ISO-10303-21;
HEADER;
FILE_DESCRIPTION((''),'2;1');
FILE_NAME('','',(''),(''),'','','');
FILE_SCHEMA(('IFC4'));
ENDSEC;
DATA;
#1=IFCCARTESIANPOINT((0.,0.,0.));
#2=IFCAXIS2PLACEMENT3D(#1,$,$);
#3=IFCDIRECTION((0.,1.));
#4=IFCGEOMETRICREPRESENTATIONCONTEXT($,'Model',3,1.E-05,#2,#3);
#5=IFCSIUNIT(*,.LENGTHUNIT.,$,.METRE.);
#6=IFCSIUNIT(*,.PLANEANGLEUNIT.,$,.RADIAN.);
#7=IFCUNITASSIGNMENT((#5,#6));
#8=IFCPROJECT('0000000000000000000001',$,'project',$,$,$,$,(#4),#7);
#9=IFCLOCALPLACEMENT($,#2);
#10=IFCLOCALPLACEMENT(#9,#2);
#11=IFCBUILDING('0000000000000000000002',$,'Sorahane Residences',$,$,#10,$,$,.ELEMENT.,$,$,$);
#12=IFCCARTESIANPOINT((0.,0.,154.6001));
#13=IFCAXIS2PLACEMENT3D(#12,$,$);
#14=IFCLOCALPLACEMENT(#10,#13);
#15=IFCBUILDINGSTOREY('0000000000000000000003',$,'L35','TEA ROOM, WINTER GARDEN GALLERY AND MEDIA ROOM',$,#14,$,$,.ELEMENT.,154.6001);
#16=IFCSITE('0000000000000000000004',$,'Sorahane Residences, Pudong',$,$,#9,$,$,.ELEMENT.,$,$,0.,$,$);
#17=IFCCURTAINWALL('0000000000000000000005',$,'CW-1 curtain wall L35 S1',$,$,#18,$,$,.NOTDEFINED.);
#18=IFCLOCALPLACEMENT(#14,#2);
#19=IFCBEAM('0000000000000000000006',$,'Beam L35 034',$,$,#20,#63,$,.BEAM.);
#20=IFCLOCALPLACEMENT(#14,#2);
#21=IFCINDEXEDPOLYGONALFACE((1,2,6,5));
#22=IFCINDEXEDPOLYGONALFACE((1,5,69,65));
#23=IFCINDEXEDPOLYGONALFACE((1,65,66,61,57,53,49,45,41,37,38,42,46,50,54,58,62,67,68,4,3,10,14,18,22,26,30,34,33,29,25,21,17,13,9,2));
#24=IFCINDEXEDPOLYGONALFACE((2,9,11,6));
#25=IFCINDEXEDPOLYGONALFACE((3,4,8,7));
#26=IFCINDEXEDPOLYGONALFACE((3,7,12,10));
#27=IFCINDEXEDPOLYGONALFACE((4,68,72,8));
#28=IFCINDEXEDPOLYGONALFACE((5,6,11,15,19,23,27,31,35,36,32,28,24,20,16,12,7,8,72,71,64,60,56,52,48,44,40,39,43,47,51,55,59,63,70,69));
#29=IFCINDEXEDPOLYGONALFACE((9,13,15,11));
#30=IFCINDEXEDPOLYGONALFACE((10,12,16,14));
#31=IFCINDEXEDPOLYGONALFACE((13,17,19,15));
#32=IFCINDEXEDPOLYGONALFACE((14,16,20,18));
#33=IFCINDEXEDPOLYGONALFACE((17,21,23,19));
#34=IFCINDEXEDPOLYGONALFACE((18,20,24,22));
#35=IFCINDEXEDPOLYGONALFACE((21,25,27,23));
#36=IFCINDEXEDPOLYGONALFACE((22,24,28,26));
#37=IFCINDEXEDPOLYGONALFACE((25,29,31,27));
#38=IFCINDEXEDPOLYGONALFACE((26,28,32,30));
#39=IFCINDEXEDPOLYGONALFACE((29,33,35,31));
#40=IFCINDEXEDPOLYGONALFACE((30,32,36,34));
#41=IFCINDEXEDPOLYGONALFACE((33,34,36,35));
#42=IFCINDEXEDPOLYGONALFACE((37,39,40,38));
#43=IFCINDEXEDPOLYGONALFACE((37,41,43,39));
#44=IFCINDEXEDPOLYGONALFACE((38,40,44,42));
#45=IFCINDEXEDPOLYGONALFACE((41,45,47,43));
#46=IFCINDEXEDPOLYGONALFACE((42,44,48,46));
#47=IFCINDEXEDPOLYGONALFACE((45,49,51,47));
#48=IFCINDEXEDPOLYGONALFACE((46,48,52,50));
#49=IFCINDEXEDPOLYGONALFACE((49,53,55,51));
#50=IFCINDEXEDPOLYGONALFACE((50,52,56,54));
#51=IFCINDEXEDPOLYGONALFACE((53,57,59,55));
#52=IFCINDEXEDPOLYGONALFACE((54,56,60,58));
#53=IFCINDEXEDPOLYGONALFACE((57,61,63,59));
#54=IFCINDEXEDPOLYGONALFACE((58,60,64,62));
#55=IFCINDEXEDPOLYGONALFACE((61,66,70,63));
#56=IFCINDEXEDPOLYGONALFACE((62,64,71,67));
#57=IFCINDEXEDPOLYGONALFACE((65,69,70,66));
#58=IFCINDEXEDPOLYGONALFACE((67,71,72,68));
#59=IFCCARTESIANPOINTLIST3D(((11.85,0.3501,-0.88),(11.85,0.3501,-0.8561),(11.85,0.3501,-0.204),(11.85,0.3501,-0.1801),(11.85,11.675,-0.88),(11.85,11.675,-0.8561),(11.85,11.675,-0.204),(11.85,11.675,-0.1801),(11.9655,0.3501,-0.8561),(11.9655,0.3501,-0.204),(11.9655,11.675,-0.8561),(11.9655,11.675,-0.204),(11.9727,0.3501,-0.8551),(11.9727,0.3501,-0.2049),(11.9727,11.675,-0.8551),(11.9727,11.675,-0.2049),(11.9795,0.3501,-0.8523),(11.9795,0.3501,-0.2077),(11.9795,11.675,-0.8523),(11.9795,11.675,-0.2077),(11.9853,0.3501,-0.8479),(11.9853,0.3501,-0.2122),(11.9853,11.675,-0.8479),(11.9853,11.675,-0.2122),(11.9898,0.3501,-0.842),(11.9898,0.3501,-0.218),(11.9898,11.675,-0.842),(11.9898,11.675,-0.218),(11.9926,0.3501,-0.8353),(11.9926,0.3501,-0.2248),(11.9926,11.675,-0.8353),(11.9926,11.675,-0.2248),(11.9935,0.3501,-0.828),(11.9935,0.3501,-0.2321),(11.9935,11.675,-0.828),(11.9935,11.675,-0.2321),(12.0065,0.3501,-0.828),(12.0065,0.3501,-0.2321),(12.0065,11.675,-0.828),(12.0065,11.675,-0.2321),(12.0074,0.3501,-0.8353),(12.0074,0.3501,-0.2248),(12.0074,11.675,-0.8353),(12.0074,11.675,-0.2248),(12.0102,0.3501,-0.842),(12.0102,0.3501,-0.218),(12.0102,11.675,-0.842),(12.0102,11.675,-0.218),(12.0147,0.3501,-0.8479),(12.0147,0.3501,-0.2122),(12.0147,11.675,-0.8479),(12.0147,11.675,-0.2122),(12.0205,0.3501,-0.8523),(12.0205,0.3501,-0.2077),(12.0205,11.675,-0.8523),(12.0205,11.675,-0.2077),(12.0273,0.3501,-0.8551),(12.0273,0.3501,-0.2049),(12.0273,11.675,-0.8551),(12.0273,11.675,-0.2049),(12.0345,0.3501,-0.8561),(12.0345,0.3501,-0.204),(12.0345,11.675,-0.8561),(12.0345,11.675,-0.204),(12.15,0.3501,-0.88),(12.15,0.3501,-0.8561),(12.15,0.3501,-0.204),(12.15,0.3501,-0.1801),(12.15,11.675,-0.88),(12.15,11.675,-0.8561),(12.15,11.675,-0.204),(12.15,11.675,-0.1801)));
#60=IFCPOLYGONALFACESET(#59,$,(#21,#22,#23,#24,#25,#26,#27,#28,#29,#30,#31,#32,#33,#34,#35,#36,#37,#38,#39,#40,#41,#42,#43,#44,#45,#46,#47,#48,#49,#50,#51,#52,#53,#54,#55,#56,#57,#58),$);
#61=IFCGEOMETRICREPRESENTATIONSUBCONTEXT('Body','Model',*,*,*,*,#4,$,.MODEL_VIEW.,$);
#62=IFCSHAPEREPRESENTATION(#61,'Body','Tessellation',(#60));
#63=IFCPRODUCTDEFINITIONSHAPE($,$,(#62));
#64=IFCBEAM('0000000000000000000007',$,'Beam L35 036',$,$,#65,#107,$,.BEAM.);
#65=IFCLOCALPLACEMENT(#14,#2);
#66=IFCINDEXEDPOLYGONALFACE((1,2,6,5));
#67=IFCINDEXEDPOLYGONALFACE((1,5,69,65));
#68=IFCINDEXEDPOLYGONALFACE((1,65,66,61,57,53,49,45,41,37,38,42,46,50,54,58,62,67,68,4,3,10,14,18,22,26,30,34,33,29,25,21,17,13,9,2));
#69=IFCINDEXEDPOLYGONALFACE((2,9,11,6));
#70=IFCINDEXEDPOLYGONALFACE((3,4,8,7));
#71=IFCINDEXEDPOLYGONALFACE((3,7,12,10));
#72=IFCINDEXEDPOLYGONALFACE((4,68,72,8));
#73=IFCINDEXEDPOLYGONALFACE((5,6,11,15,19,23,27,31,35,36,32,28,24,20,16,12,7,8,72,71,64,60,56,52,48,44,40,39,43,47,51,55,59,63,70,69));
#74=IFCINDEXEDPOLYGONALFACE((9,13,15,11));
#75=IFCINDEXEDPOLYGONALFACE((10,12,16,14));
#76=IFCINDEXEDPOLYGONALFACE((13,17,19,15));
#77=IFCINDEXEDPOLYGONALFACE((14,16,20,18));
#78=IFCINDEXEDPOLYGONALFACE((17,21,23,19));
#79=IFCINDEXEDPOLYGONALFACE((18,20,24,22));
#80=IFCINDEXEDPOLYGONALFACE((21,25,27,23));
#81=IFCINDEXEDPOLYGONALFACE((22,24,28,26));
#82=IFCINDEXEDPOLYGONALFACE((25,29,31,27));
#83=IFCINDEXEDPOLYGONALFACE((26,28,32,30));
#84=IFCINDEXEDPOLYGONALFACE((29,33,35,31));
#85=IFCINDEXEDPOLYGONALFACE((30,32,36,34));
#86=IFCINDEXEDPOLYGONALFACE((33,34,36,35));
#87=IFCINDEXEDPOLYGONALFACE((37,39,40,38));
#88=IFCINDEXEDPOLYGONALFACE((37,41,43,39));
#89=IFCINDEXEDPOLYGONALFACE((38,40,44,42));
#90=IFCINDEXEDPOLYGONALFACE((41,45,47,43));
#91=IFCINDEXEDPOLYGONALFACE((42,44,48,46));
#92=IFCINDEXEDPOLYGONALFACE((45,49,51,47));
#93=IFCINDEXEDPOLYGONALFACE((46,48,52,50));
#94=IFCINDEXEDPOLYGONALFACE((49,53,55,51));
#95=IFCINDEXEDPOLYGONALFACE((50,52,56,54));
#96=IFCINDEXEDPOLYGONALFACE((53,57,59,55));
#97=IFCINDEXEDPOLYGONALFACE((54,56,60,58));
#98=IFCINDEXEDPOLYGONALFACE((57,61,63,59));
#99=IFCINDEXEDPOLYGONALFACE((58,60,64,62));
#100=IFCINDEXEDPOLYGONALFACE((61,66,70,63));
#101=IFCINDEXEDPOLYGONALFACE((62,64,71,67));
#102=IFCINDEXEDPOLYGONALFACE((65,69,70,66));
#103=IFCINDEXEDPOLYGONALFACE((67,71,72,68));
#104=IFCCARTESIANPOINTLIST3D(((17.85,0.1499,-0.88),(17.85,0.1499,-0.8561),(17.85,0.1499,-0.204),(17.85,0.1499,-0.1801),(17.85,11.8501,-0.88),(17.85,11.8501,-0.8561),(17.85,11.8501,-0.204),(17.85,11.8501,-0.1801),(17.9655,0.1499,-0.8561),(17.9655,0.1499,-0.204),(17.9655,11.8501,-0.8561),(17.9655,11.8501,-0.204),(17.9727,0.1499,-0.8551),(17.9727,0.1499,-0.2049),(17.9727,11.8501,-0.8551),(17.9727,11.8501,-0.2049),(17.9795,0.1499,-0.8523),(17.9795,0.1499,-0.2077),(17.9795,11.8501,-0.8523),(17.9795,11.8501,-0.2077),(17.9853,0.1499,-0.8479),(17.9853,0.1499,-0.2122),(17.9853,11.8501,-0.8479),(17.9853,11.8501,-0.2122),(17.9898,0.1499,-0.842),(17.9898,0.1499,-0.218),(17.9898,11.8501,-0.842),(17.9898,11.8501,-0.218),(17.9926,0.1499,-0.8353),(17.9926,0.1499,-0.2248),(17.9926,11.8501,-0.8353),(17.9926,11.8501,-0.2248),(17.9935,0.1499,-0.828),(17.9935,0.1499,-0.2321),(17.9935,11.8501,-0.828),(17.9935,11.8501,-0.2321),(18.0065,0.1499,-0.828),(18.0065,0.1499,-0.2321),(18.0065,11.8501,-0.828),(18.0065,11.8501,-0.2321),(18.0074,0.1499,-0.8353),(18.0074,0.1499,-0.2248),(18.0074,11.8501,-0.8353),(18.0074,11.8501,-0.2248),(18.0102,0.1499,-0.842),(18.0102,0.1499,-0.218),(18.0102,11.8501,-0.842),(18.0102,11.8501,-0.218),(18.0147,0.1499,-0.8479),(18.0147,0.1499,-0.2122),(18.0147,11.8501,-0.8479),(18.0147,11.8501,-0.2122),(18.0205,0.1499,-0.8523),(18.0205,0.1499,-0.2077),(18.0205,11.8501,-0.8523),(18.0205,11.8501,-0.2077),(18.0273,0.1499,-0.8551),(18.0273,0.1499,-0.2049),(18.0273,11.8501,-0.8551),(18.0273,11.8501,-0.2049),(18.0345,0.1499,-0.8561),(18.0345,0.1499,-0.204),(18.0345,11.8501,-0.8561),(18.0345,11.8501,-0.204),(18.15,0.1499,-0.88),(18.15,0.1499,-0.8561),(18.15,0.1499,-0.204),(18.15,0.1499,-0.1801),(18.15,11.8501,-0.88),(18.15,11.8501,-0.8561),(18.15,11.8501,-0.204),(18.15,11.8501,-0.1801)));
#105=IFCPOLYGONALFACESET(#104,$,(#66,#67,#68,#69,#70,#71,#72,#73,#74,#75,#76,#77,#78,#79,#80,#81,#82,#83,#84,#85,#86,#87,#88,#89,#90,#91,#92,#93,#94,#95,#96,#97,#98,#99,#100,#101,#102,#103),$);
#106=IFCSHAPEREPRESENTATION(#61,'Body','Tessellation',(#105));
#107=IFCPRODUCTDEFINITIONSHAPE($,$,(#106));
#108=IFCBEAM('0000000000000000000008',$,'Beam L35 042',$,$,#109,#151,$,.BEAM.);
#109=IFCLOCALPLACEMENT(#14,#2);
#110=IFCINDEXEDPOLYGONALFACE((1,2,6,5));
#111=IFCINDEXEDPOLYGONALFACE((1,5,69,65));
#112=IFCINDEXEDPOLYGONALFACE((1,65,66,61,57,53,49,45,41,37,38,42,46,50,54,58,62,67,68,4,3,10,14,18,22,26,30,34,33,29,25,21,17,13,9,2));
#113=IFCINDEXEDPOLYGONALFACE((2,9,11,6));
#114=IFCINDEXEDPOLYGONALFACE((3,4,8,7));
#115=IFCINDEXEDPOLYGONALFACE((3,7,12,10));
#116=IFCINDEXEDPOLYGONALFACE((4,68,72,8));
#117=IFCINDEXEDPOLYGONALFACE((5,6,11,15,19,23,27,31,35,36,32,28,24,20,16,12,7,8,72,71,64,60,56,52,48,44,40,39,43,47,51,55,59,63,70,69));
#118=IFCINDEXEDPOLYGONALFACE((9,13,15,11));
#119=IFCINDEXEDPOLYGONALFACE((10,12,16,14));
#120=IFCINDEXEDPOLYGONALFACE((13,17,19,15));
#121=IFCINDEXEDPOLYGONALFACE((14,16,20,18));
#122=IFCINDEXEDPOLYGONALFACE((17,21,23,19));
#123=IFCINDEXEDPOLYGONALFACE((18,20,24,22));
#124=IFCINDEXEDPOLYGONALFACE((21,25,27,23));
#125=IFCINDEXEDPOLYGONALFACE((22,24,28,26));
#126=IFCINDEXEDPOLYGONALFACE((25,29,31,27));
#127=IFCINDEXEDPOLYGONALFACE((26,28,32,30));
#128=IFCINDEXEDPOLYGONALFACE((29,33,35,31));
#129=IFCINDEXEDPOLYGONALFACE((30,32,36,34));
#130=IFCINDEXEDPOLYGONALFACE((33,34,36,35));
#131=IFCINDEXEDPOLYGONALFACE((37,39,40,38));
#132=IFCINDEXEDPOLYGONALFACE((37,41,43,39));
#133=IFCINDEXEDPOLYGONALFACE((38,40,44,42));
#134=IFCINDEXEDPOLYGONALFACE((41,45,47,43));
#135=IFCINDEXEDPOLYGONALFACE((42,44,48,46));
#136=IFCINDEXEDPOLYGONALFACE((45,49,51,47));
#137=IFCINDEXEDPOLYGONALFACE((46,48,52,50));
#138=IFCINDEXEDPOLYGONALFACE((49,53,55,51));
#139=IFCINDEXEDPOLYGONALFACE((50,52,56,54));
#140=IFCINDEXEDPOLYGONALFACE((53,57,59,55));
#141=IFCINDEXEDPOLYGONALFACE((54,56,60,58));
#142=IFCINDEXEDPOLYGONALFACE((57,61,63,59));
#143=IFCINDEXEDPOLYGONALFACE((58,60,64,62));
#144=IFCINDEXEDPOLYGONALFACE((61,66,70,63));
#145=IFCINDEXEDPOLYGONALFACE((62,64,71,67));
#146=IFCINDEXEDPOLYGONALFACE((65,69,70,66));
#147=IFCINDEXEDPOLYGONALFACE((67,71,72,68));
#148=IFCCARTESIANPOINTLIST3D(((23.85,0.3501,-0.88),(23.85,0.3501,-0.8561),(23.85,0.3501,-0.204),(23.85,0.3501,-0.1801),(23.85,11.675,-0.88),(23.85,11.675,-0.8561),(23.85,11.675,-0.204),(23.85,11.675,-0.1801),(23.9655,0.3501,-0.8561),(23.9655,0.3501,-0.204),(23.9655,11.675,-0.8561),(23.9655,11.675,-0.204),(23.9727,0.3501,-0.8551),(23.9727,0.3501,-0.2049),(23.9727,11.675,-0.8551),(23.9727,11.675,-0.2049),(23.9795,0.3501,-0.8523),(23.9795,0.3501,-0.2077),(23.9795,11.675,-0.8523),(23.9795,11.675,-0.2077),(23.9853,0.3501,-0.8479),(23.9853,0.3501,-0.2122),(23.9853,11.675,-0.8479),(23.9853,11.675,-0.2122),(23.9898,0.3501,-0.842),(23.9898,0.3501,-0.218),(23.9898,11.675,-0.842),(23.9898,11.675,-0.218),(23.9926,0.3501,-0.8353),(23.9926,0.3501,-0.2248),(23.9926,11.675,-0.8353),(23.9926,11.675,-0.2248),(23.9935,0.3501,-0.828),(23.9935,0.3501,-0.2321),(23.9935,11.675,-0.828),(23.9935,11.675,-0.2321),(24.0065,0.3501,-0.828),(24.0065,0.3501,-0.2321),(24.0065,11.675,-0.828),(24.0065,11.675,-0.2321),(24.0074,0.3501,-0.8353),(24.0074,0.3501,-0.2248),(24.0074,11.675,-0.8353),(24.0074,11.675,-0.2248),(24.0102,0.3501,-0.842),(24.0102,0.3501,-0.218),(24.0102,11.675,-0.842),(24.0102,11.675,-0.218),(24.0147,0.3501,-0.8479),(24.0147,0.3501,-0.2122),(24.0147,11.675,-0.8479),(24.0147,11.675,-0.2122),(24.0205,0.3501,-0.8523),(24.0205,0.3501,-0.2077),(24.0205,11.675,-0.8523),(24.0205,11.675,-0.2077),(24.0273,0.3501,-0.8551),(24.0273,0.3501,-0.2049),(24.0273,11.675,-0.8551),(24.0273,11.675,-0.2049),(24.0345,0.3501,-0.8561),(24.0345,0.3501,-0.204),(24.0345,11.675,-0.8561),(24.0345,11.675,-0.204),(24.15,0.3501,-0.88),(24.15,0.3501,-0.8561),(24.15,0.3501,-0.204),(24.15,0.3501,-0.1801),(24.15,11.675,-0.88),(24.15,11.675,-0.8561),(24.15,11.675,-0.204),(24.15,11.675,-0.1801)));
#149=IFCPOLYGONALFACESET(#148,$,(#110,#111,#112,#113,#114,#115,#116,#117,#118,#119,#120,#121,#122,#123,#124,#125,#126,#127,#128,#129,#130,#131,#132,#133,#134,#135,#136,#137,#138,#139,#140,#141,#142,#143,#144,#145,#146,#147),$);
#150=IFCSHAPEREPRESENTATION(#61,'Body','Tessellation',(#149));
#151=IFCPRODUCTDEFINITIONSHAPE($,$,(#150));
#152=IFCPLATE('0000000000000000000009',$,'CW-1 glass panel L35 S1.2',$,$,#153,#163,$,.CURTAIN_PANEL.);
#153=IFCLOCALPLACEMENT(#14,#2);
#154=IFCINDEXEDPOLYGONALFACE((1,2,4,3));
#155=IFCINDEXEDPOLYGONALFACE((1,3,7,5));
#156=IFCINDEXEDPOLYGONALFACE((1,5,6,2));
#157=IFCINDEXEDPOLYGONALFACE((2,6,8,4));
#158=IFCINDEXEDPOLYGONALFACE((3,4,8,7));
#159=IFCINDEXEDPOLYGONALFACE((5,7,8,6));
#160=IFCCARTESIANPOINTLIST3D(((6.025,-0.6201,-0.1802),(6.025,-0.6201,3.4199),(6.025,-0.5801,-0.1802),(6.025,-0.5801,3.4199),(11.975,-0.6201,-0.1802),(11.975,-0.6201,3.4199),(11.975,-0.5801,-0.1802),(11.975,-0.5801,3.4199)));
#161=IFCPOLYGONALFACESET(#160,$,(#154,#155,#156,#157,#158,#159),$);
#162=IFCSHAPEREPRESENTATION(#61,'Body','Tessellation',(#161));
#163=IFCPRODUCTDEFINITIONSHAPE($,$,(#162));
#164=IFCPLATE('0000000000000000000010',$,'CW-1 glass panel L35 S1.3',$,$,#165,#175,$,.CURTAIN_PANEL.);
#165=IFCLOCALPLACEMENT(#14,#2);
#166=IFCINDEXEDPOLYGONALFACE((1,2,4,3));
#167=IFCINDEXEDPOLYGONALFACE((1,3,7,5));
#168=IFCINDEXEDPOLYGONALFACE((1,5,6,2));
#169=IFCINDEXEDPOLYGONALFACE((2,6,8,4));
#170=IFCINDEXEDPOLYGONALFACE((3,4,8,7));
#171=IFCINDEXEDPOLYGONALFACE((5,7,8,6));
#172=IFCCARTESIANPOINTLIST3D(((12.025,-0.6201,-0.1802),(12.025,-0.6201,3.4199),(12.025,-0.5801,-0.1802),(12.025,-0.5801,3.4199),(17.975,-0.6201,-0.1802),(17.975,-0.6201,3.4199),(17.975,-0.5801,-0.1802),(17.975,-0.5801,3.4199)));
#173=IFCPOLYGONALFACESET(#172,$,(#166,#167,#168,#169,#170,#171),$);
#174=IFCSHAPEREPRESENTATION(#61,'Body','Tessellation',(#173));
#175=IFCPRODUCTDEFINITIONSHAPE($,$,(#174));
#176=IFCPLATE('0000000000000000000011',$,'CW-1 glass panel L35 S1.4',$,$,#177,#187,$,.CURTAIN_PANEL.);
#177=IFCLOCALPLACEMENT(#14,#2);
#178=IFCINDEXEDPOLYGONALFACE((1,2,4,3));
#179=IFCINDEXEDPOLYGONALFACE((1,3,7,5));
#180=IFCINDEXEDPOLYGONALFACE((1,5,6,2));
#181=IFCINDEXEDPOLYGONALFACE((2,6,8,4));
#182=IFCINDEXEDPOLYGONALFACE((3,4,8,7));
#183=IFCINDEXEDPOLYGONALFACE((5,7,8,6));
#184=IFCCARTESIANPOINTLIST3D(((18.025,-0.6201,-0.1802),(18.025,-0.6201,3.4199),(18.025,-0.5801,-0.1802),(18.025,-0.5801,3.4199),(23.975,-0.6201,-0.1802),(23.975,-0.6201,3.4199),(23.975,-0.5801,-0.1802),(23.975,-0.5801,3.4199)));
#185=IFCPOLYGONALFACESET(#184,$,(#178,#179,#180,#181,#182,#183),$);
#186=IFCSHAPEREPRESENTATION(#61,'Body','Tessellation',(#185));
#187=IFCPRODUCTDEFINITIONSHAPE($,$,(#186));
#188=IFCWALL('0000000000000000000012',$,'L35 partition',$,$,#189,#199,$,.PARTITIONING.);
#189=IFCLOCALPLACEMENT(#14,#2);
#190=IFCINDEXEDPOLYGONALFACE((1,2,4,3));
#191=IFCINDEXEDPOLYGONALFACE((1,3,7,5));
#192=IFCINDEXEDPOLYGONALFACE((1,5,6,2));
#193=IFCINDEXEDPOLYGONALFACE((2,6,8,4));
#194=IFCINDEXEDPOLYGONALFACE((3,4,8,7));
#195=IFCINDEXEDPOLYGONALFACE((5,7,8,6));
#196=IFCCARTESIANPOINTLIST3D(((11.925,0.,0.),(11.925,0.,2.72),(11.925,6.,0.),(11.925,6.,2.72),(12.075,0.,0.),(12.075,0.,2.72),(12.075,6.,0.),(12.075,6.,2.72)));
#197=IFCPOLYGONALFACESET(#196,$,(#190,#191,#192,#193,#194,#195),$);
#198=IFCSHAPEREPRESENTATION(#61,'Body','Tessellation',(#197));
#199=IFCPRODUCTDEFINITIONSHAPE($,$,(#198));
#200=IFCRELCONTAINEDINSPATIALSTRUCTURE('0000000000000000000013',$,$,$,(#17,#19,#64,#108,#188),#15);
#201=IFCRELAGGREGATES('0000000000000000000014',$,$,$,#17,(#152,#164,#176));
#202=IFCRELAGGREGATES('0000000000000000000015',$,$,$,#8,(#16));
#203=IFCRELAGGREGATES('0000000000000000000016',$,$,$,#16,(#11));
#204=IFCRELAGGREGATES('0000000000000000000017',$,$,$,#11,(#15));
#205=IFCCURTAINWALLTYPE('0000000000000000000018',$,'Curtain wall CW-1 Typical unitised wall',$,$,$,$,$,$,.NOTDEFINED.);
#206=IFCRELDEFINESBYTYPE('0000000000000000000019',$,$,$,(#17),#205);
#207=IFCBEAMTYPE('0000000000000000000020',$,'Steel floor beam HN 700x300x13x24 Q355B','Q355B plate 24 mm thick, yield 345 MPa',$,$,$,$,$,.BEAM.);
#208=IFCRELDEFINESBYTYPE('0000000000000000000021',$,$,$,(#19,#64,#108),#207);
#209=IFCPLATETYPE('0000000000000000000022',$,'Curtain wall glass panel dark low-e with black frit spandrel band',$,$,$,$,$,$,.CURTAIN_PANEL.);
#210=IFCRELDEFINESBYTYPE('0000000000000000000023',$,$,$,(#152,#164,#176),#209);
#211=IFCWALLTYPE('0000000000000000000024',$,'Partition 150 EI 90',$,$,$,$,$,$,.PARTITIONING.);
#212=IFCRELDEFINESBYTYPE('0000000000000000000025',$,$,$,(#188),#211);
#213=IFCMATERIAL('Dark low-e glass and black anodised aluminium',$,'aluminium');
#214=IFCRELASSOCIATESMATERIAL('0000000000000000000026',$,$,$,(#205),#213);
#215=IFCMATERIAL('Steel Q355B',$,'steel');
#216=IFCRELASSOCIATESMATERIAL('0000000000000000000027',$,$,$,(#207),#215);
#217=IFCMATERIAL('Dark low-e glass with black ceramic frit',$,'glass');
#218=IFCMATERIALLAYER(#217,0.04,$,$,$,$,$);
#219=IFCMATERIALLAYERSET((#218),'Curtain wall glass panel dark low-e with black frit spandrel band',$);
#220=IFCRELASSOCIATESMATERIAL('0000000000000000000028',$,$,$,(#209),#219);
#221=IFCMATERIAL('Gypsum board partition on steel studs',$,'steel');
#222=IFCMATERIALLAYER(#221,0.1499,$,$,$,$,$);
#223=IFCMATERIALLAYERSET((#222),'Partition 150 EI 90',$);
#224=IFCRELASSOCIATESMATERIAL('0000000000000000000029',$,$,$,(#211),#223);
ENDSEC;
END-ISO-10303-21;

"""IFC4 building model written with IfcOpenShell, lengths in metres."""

from ifc_helpers import new_model, si_unit, direction, frame, frame_2d, origin, origin_2d, place, context, subcontext, project, spatial, rectangle, i_section, extrude, material, layer, layer_set, material_profile, profile_set, type_object, element, aggregate, save


model = new_model("IFC4")

# Units and contexts
model_context = context("Model", 3, precision=1e-05, world=origin(), true_north=direction((0.0, 1.0)))
body_context = subcontext(model_context, "Body", "Model", "MODEL_VIEW")
ifc_project = project(units=[si_unit("LENGTHUNIT", "METRE"), si_unit("PLANEANGLEUNIT", "RADIAN")], contexts=[model_context])

# Site, building, storey
site_placement = place(None, origin())
site = spatial("IfcSite", under=ifc_project, at=site_placement, Name="Sorahane Residences, Pudong", CompositionType="ELEMENT", RefElevation=0.0)
building_placement = place(site_placement, origin())
building = spatial("IfcBuilding", under=site, at=building_placement, Name="Sorahane Residences", CompositionType="ELEMENT")
storey_placement = place(building_placement, frame((0.0, 0.0, 154.6001)))
storey = spatial("IfcBuildingStorey", under=building, at=storey_placement, Name="L35", Description="TEA ROOM, WINTER GARDEN GALLERY AND MEDIA ROOM", CompositionType="ELEMENT", Elevation=154.6001)

# Curtain wall
ifc_material_1 = material(Name="Dark low-e glass and black anodised aluminium", Category="aluminium")
curtain_wall_type = type_object("IfcCurtainWallType", Name="Curtain wall CW-1 Typical unitised wall", PredefinedType="NOTDEFINED", material=ifc_material_1)
curtain_wall_placement = place(storey_placement, origin())
curtain_wall = element("IfcCurtainWall", 1, at=curtain_wall_placement, inside=storey, type_object=curtain_wall_type, Name="CW-1 curtain wall L35 S1", PredefinedType="NOTDEFINED")

# Beams
ifc_material_2 = material(Name="Steel Q355B", Category="steel")
ifc_material_profile_1 = material_profile(ifc_material_2, i_section(OverallWidth=0.3, OverallDepth=0.7, WebThickness=0.0129, FlangeThickness=0.0239, FilletRadius=0.0281, at=origin_2d()), Name="HN 700x300x13x24")
ifc_profile_set_1 = profile_set([ifc_material_profile_1], Name="Steel Q355B")
beam_type_1 = type_object("IfcBeamType", Name="Steel floor beam HN 700x300x13x24 Q355B", Description="Q355B plate 24 mm thick, yield 345 MPa", PredefinedType="BEAM", material=ifc_profile_set_1)
beam_1_placement = place(storey_placement, frame((12.0, 0.3501, -0.53), z_axis=(0.0, 1.0, 0.0), x_axis=(-1.0, 0.0, 0.0)))
element("IfcBeam", 2, at=beam_1_placement, inside=storey, type_object=beam_type_1, Name="Beam L35 034", PredefinedType="BEAM", context=body_context, shape_type="SweptSolid", body=[
    extrude(i_section(OverallWidth=0.3, OverallDepth=0.7, WebThickness=0.0129, FlangeThickness=0.0239, FilletRadius=0.0281, at=origin_2d()), origin(), (0.0, 0.0, 1.0), 11.325),
])
beam_2_placement = place(storey_placement, frame((18.0, 0.1499, -0.53), z_axis=(0.0, 1.0, 0.0), x_axis=(-1.0, 0.0, 0.0)))
element("IfcBeam", 3, at=beam_2_placement, inside=storey, type_object=beam_type_1, Name="Beam L35 036", PredefinedType="BEAM", context=body_context, shape_type="SweptSolid", body=[
    extrude(i_section(OverallWidth=0.3, OverallDepth=0.7, WebThickness=0.0129, FlangeThickness=0.0239, FilletRadius=0.0281, at=origin_2d()), origin(), (0.0, 0.0, 1.0), 11.7002),
])
beam_3_placement = place(storey_placement, frame((24.0, 0.3501, -0.53), z_axis=(0.0, 1.0, 0.0), x_axis=(-1.0, 0.0, 0.0)))
element("IfcBeam", 4, at=beam_3_placement, inside=storey, type_object=beam_type_1, Name="Beam L35 042", PredefinedType="BEAM", context=body_context, shape_type="SweptSolid", body=[
    extrude(i_section(OverallWidth=0.3, OverallDepth=0.7, WebThickness=0.0129, FlangeThickness=0.0239, FilletRadius=0.0281, at=origin_2d()), origin(), (0.0, 0.0, 1.0), 11.325),
])

# Plates
ifc_material_3 = material(Name="Dark low-e glass with black ceramic frit", Category="glass")
ifc_layer_1 = layer(ifc_material_3, 0.04)
ifc_layer_set_1 = layer_set([ifc_layer_1], Name="Curtain wall glass panel dark low-e with black frit spandrel band")
plate_type = type_object("IfcPlateType", Name="Curtain wall glass panel dark low-e with black frit spandrel band", PredefinedType="CURTAIN_PANEL", material=ifc_layer_set_1)
plate_1_placement = place(storey_placement, frame((9.0, -0.6001, -0.1802), z_axis=(0.0, 0.0, 1.0), x_axis=(1.0, 0.0, 0.0)))
plate_1 = element("IfcPlate", 5, at=plate_1_placement, type_object=plate_type, Name="CW-1 glass panel L35 S1.2", PredefinedType="CURTAIN_PANEL", context=body_context, shape_type="SweptSolid", body=[
    extrude(rectangle(XDim=5.95, YDim=0.04, at=origin_2d()), origin(), (0.0, 0.0, 1.0), 3.6001),
])
plate_2_placement = place(storey_placement, frame((15.0, -0.6001, -0.1802), z_axis=(0.0, 0.0, 1.0), x_axis=(1.0, 0.0, 0.0)))
plate_2 = element("IfcPlate", 6, at=plate_2_placement, type_object=plate_type, Name="CW-1 glass panel L35 S1.3", PredefinedType="CURTAIN_PANEL", context=body_context, shape_type="SweptSolid", body=[
    extrude(rectangle(XDim=5.95, YDim=0.04, at=origin_2d()), origin(), (0.0, 0.0, 1.0), 3.6001),
])
plate_3_placement = place(storey_placement, frame((21.0, -0.6001, -0.1802), z_axis=(0.0, 0.0, 1.0), x_axis=(1.0, 0.0, 0.0)))
plate_3 = element("IfcPlate", 7, at=plate_3_placement, type_object=plate_type, Name="CW-1 glass panel L35 S1.4", PredefinedType="CURTAIN_PANEL", context=body_context, shape_type="SweptSolid", body=[
    extrude(rectangle(XDim=5.95, YDim=0.04, at=origin_2d()), origin(), (0.0, 0.0, 1.0), 3.6001),
])
aggregate(curtain_wall, [plate_1, plate_2, plate_3])

# Wall
ifc_material_4 = material(Name="Gypsum board partition on steel studs", Category="steel")
ifc_layer_2 = layer(ifc_material_4, 0.1499)
ifc_layer_set_2 = layer_set([ifc_layer_2], Name="Partition 150 EI 90")
wall_type_1 = type_object("IfcWallType", Name="Partition 150 EI 90", PredefinedType="PARTITIONING", material=ifc_layer_set_2)
wall_1_placement = place(storey_placement, frame((12.0, 0.0, 0.0), z_axis=(0.0, 0.0, 1.0), x_axis=(0.0, 1.0, 0.0)))
element("IfcWall", 8, at=wall_1_placement, inside=storey, type_object=wall_type_1, Name="L35 partition", PredefinedType="PARTITIONING", context=body_context, shape_type="SweptSolid", body=[
    extrude(rectangle(XDim=6.0, YDim=0.1499, at=frame_2d((3.0, 0.0))), origin(), (0.0, 0.0, 1.0), 2.72),
])

save(model, "model.ifc")
